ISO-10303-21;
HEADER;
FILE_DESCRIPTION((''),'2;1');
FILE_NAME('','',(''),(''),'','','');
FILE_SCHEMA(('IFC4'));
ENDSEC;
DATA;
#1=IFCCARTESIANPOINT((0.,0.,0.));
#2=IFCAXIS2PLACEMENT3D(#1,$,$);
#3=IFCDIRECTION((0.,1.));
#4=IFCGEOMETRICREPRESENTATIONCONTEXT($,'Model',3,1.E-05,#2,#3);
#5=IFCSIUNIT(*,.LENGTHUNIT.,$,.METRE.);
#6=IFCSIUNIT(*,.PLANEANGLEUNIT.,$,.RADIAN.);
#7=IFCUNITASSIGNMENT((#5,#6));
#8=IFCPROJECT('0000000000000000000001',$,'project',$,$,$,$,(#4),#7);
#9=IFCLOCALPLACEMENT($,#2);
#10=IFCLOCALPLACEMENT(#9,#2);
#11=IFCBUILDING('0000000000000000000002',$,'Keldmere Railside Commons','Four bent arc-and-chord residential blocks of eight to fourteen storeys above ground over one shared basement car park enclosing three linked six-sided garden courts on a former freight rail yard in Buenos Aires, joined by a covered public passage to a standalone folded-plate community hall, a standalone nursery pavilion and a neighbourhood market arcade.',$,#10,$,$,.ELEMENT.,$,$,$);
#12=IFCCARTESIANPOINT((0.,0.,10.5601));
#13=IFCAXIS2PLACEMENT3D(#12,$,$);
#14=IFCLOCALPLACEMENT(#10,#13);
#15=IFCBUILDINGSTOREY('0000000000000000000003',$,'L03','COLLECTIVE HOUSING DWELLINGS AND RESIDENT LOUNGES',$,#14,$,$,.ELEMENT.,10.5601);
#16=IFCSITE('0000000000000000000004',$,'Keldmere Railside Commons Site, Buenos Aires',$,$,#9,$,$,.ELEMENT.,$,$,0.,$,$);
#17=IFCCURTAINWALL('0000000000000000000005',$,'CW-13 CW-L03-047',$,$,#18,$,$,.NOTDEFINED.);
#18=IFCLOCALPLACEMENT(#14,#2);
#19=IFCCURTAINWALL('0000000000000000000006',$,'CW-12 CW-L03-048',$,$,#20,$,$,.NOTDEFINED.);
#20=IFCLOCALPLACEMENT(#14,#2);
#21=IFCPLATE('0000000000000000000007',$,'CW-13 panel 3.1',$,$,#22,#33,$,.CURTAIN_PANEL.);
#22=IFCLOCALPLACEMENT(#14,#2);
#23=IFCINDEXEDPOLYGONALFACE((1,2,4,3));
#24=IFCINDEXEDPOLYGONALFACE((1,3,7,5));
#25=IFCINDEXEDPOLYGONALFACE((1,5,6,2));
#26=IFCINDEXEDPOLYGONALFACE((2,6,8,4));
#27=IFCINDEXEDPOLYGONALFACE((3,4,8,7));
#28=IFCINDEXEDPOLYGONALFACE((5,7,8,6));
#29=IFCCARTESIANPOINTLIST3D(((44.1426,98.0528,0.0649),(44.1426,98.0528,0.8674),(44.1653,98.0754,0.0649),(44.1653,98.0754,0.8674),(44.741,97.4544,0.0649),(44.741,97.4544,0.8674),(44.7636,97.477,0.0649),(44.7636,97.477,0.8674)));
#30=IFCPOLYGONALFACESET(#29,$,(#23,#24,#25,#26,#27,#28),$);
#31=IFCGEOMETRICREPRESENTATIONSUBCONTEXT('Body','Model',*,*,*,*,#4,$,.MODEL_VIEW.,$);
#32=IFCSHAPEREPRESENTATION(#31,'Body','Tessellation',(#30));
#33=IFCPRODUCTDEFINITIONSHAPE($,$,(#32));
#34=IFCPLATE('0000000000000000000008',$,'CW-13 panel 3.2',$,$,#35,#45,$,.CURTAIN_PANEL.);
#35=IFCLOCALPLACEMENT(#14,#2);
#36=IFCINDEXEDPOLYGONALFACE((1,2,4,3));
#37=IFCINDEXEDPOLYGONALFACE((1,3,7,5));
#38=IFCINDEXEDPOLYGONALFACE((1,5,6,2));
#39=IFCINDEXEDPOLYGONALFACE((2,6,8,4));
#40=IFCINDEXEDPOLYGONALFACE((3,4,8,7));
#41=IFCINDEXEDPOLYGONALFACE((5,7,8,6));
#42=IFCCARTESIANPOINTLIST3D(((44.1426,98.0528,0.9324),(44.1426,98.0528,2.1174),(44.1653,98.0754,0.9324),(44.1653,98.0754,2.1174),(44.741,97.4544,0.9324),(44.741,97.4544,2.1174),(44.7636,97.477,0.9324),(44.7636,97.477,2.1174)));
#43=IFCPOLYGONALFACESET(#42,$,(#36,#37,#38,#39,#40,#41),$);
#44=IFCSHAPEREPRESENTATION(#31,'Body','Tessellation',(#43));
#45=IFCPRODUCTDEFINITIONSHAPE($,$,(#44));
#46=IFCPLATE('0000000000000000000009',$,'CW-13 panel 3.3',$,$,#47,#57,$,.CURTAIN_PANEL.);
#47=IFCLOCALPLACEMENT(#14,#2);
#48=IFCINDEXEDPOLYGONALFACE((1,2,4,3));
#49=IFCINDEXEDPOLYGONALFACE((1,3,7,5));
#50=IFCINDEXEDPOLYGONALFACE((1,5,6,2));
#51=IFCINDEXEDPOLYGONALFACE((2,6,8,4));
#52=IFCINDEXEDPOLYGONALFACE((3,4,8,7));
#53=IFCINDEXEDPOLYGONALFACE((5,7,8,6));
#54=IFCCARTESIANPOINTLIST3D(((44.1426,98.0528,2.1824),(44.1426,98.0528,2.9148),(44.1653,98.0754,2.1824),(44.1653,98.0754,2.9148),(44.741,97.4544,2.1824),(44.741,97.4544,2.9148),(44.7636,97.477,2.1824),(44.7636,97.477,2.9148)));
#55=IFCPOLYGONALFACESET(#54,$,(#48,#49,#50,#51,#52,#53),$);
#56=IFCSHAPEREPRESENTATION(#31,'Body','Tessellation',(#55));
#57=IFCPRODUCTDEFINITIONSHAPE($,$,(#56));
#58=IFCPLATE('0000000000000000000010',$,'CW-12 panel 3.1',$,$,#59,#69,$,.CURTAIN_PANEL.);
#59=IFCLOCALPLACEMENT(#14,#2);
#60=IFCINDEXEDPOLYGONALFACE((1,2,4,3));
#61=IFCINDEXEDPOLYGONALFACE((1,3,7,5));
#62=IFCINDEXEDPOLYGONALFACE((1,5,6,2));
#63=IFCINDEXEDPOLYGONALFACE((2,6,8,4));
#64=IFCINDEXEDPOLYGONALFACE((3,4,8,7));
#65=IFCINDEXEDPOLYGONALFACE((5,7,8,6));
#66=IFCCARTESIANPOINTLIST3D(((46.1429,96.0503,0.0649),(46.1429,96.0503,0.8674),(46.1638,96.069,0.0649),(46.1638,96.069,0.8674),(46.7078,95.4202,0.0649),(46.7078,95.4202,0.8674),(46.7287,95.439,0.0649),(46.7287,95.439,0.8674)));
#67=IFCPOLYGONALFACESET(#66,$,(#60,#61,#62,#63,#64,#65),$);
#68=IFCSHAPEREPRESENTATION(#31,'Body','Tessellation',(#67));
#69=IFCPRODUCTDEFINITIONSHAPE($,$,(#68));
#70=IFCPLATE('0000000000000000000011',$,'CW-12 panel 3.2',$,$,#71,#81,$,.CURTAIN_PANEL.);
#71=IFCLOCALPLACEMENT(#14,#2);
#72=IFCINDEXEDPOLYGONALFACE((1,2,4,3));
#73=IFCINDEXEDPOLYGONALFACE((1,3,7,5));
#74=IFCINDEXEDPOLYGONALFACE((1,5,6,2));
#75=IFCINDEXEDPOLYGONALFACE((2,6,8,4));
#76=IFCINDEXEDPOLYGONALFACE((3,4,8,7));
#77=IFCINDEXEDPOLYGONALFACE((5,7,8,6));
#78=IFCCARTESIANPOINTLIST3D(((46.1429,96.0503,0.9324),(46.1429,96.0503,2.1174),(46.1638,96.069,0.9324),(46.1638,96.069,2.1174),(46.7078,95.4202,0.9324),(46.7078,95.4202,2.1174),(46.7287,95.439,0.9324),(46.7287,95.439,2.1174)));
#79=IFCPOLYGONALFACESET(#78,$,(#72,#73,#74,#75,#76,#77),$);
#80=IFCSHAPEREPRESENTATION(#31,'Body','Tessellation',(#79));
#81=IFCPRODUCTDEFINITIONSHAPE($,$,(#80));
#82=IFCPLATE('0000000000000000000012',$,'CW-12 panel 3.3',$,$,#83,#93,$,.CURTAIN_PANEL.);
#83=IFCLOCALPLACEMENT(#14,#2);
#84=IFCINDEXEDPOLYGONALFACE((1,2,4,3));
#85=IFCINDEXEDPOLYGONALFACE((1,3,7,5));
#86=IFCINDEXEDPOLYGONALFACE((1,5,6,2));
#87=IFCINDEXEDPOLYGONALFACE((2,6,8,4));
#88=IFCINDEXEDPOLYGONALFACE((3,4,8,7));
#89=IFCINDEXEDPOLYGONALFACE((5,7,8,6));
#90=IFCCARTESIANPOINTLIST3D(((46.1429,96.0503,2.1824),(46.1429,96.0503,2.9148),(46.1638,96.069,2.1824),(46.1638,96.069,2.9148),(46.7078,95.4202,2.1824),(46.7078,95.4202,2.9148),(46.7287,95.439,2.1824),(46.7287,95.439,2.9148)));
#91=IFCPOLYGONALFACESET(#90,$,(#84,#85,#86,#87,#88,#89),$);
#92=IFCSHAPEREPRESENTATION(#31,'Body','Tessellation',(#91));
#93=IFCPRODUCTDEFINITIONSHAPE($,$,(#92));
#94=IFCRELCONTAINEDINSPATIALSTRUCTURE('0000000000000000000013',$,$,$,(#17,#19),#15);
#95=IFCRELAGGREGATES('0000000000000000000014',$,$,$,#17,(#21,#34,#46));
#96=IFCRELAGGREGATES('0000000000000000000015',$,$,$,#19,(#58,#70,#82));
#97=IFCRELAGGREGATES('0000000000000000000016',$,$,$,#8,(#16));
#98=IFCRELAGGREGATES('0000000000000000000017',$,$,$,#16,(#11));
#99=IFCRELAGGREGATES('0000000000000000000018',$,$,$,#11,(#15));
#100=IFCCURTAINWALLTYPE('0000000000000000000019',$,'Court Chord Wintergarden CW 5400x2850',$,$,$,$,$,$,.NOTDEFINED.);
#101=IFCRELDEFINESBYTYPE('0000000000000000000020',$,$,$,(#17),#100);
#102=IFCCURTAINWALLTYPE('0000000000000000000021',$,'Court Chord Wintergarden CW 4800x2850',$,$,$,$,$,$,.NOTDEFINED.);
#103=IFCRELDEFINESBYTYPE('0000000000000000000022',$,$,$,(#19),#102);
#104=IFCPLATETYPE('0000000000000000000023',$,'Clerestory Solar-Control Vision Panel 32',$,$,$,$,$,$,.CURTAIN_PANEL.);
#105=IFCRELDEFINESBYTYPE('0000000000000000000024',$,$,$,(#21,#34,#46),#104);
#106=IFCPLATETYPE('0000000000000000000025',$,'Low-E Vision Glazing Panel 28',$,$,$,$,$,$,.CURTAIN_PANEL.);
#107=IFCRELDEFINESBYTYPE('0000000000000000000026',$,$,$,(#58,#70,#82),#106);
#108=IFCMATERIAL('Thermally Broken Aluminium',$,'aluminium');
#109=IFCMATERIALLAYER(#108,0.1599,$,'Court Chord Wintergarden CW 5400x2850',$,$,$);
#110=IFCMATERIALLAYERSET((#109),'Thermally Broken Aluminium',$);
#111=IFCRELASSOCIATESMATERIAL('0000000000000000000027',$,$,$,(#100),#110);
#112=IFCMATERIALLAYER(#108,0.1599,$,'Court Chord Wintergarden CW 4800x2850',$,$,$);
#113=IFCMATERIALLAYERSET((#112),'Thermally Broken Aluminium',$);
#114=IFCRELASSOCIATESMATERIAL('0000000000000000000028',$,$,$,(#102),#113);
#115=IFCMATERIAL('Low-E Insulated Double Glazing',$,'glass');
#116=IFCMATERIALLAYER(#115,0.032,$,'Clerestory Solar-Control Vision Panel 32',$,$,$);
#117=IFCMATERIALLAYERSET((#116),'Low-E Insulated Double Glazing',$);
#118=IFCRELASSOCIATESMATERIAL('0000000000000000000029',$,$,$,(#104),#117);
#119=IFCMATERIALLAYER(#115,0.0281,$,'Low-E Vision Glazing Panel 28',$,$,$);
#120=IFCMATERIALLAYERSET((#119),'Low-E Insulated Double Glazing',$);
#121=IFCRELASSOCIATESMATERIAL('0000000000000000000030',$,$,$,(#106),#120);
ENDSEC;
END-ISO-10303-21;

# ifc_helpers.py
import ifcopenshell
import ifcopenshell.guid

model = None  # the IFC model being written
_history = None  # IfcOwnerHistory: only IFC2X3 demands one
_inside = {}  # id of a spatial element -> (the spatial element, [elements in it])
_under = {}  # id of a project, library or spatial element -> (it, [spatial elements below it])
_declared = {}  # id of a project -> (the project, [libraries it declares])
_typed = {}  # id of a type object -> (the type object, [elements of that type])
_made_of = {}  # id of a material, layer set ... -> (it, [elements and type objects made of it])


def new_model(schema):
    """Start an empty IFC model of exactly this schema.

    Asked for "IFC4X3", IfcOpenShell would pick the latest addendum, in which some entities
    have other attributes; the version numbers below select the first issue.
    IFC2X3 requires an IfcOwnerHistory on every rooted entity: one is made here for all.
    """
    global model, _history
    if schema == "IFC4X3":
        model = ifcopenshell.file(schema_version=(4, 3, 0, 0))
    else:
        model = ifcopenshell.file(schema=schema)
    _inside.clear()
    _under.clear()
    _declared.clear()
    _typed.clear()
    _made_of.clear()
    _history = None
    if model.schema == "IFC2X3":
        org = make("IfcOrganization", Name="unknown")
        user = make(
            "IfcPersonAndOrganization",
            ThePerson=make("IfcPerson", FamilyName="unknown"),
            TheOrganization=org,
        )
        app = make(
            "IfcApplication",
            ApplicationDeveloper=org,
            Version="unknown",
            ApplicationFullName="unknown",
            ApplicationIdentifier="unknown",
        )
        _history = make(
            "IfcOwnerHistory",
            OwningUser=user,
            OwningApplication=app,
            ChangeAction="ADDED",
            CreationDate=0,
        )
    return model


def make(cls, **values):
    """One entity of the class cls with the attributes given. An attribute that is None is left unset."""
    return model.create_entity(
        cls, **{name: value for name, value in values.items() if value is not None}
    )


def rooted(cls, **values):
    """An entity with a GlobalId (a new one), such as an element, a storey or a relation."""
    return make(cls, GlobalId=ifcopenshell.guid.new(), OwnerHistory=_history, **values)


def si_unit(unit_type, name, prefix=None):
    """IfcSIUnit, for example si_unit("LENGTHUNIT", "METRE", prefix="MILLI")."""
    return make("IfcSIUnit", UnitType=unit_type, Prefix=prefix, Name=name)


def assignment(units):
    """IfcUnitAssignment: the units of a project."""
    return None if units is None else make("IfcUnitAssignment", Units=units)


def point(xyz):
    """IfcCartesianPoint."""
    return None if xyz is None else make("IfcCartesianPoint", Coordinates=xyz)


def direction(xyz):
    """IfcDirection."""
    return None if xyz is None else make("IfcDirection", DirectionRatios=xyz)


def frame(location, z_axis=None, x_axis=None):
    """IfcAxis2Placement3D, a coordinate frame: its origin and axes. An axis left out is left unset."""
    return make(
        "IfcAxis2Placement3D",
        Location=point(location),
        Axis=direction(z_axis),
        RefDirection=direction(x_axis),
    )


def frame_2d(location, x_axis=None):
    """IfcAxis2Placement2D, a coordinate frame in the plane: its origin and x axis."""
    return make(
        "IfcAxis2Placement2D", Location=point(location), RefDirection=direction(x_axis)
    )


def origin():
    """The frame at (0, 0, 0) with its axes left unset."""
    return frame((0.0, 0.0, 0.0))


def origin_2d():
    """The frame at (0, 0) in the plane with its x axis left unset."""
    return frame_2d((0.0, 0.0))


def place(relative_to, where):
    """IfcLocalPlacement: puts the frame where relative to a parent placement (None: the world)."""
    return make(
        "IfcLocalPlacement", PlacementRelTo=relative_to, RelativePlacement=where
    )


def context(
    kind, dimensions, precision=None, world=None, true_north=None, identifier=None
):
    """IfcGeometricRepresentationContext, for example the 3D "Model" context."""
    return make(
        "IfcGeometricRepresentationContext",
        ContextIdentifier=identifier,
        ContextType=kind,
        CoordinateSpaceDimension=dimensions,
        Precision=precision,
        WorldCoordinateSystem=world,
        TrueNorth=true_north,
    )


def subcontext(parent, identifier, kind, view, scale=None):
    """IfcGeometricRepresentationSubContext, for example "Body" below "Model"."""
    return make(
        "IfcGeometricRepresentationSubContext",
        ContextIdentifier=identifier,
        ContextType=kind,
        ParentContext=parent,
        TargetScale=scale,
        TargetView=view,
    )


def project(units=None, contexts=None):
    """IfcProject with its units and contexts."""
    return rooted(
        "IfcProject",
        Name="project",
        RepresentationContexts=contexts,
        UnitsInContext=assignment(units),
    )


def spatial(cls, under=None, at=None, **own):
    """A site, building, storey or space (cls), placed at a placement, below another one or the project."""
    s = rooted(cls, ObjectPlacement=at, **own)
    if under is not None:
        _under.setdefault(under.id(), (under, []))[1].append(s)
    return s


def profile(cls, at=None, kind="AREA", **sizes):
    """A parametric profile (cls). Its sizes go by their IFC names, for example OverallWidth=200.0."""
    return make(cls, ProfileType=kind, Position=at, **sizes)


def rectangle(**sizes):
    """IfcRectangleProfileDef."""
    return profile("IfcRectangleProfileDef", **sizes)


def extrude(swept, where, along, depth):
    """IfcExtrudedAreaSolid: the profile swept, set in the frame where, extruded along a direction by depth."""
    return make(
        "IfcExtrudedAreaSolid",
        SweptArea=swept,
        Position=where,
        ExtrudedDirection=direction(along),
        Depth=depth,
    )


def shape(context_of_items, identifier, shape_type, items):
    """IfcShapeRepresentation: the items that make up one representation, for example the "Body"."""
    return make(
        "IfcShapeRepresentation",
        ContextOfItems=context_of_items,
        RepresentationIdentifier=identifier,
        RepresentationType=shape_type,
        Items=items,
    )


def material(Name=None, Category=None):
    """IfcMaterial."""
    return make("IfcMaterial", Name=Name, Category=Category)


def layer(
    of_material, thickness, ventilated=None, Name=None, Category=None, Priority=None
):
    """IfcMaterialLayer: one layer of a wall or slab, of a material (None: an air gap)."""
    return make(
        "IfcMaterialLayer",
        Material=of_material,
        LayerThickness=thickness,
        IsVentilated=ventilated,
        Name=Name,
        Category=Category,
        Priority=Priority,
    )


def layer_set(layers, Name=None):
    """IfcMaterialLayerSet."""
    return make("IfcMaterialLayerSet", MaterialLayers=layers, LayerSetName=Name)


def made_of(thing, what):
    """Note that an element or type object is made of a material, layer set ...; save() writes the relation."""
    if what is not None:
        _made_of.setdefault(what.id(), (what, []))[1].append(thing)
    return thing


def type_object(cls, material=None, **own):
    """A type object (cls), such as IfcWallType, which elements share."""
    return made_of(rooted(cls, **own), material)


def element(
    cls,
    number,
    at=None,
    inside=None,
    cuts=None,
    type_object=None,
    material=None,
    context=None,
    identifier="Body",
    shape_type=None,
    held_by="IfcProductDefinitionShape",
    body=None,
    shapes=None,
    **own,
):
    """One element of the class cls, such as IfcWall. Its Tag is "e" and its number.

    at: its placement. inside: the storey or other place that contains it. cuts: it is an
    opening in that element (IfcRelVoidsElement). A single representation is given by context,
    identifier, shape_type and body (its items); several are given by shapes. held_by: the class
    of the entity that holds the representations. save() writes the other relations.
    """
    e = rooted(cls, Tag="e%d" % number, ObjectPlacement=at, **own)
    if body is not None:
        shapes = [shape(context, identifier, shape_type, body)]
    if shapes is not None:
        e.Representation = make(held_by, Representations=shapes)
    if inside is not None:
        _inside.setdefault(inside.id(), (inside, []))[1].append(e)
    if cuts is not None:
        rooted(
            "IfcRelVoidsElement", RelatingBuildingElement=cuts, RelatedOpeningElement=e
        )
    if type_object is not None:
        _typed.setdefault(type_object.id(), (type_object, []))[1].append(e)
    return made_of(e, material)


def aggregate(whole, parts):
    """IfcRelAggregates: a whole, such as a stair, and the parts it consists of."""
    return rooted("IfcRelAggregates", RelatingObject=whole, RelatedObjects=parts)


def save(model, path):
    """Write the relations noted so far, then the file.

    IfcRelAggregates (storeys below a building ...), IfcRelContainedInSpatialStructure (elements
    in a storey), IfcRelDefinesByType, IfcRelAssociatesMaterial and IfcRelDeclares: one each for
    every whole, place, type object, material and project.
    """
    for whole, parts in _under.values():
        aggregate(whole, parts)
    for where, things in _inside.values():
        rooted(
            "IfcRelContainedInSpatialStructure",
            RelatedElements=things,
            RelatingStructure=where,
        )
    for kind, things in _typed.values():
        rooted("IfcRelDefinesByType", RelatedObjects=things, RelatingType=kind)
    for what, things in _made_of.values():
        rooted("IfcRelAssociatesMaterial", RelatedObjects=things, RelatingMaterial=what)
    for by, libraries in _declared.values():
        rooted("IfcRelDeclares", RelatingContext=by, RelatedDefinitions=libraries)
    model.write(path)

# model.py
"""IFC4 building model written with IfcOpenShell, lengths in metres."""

from ifc_helpers import new_model, si_unit, direction, frame, origin, origin_2d, place, context, subcontext, project, spatial, rectangle, extrude, material, layer, layer_set, type_object, element, aggregate, save


model = new_model("IFC4")

# Units and contexts
model_context = context("Model", 3, precision=1e-05, world=origin(), true_north=direction((0.0, 1.0)))
body_context = subcontext(model_context, "Body", "Model", "MODEL_VIEW")
ifc_project = project(units=[si_unit("LENGTHUNIT", "METRE"), si_unit("PLANEANGLEUNIT", "RADIAN")], contexts=[model_context])

# Site, building, storey
site_placement = place(None, origin())
site = spatial("IfcSite", under=ifc_project, at=site_placement, Name="Keldmere Railside Commons Site, Buenos Aires", CompositionType="ELEMENT", RefElevation=0.0)
building_placement = place(site_placement, origin())
building = spatial("IfcBuilding", under=site, at=building_placement, Name="Keldmere Railside Commons", Description="Four bent arc-and-chord residential blocks of eight to fourteen storeys above ground over one shared basement car park enclosing three linked six-sided garden courts on a former freight rail yard in Buenos Aires, joined by a covered public passage to a standalone folded-plate community hall, a standalone nursery pavilion and a neighbourhood market arcade.", CompositionType="ELEMENT")
storey_placement = place(building_placement, frame((0.0, 0.0, 10.5601)))
storey = spatial("IfcBuildingStorey", under=building, at=storey_placement, Name="L03", Description="COLLECTIVE HOUSING DWELLINGS AND RESIDENT LOUNGES", CompositionType="ELEMENT", Elevation=10.5601)

# Curtain wall
ifc_material_1 = material(Name="Thermally Broken Aluminium", Category="aluminium")
ifc_layer_1 = layer(ifc_material_1, 0.1599, Name="Court Chord Wintergarden CW 5400x2850")
ifc_layer_set_1 = layer_set([ifc_layer_1], Name="Thermally Broken Aluminium")
curtain_wall_type_1 = type_object("IfcCurtainWallType", Name="Court Chord Wintergarden CW 5400x2850", PredefinedType="NOTDEFINED", material=ifc_layer_set_1)
curtain_wall_1_placement = place(storey_placement, origin())
curtain_wall_1 = element("IfcCurtainWall", 1, at=curtain_wall_1_placement, inside=storey, type_object=curtain_wall_type_1, Name="CW-13 CW-L03-047", PredefinedType="NOTDEFINED")

# Curtain wall
ifc_layer_2 = layer(ifc_material_1, 0.1599, Name="Court Chord Wintergarden CW 4800x2850")
ifc_layer_set_2 = layer_set([ifc_layer_2], Name="Thermally Broken Aluminium")
curtain_wall_type_2 = type_object("IfcCurtainWallType", Name="Court Chord Wintergarden CW 4800x2850", PredefinedType="NOTDEFINED", material=ifc_layer_set_2)
curtain_wall_2_placement = place(storey_placement, origin())
curtain_wall_2 = element("IfcCurtainWall", 2, at=curtain_wall_2_placement, inside=storey, type_object=curtain_wall_type_2, Name="CW-12 CW-L03-048", PredefinedType="NOTDEFINED")

# Plates
ifc_material_2 = material(Name="Low-E Insulated Double Glazing", Category="glass")
ifc_layer_3 = layer(ifc_material_2, 0.032, Name="Clerestory Solar-Control Vision Panel 32")
ifc_layer_set_3 = layer_set([ifc_layer_3], Name="Low-E Insulated Double Glazing")
plate_type_1 = type_object("IfcPlateType", Name="Clerestory Solar-Control Vision Panel 32", PredefinedType="CURTAIN_PANEL", material=ifc_layer_set_3)
plate_1_placement = place(storey_placement, frame((44.4531, 97.7649, 0.0649), z_axis=(0.0, 0.0, 1.0), x_axis=(-0.707107, 0.707107, 0.0)))
plate_1 = element("IfcPlate", 3, at=plate_1_placement, type_object=plate_type_1, Name="CW-13 panel 3.1", PredefinedType="CURTAIN_PANEL", context=body_context, shape_type="SweptSolid", body=[
    extrude(rectangle(XDim=0.8462, YDim=0.032, at=origin_2d()), origin(), (0.0, 0.0, 1.0), 0.8025),
])
plate_2_placement = place(storey_placement, frame((44.4531, 97.7649, 0.9324), z_axis=(0.0, 0.0, 1.0), x_axis=(-0.707107, 0.707107, 0.0)))
plate_2 = element("IfcPlate", 4, at=plate_2_placement, type_object=plate_type_1, Name="CW-13 panel 3.2", PredefinedType="CURTAIN_PANEL", context=body_context, shape_type="SweptSolid", body=[
    extrude(rectangle(XDim=0.8462, YDim=0.032, at=origin_2d()), origin(), (0.0, 0.0, 1.0), 1.1851),
])
plate_3_placement = place(storey_placement, frame((44.4531, 97.7649, 2.1824), z_axis=(0.0, 0.0, 1.0), x_axis=(-0.707107, 0.707107, 0.0)))
plate_3 = element("IfcPlate", 5, at=plate_3_placement, type_object=plate_type_1, Name="CW-13 panel 3.3", PredefinedType="CURTAIN_PANEL", context=body_context, shape_type="SweptSolid", body=[
    extrude(rectangle(XDim=0.8462, YDim=0.032, at=origin_2d()), origin(), (0.0, 0.0, 1.0), 0.7324),
])
aggregate(curtain_wall_1, [plate_1, plate_2, plate_3])
ifc_layer_4 = layer(ifc_material_2, 0.0281, Name="Low-E Vision Glazing Panel 28")
ifc_layer_set_4 = layer_set([ifc_layer_4], Name="Low-E Insulated Double Glazing")
plate_type_2 = type_object("IfcPlateType", Name="Low-E Vision Glazing Panel 28", PredefinedType="CURTAIN_PANEL", material=ifc_layer_set_4)
plate_4_placement = place(storey_placement, frame((46.4358, 95.7446, 0.0649), z_axis=(0.0, 0.0, 1.0), x_axis=(-0.667559, 0.744557, 0.0)))
plate_4 = element("IfcPlate", 6, at=plate_4_placement, type_object=plate_type_2, Name="CW-12 panel 3.1", PredefinedType="CURTAIN_PANEL", context=body_context, shape_type="SweptSolid", body=[
    extrude(rectangle(XDim=0.8462, YDim=0.0281, at=origin_2d()), origin(), (0.0, 0.0, 1.0), 0.8025),
])
plate_5_placement = place(storey_placement, frame((46.4358, 95.7446, 0.9324), z_axis=(0.0, 0.0, 1.0), x_axis=(-0.667559, 0.744557, 0.0)))
plate_5 = element("IfcPlate", 7, at=plate_5_placement, type_object=plate_type_2, Name="CW-12 panel 3.2", PredefinedType="CURTAIN_PANEL", context=body_context, shape_type="SweptSolid", body=[
    extrude(rectangle(XDim=0.8462, YDim=0.0281, at=origin_2d()), origin(), (0.0, 0.0, 1.0), 1.1851),
])
plate_6_placement = place(storey_placement, frame((46.4358, 95.7446, 2.1824), z_axis=(0.0, 0.0, 1.0), x_axis=(-0.667559, 0.744557, 0.0)))
plate_6 = element("IfcPlate", 8, at=plate_6_placement, type_object=plate_type_2, Name="CW-12 panel 3.3", PredefinedType="CURTAIN_PANEL", context=body_context, shape_type="SweptSolid", body=[
    extrude(rectangle(XDim=0.8462, YDim=0.0281, at=origin_2d()), origin(), (0.0, 0.0, 1.0), 0.7324),
])
aggregate(curtain_wall_2, [plate_4, plate_5, plate_6])

save(model, "model.ifc")
